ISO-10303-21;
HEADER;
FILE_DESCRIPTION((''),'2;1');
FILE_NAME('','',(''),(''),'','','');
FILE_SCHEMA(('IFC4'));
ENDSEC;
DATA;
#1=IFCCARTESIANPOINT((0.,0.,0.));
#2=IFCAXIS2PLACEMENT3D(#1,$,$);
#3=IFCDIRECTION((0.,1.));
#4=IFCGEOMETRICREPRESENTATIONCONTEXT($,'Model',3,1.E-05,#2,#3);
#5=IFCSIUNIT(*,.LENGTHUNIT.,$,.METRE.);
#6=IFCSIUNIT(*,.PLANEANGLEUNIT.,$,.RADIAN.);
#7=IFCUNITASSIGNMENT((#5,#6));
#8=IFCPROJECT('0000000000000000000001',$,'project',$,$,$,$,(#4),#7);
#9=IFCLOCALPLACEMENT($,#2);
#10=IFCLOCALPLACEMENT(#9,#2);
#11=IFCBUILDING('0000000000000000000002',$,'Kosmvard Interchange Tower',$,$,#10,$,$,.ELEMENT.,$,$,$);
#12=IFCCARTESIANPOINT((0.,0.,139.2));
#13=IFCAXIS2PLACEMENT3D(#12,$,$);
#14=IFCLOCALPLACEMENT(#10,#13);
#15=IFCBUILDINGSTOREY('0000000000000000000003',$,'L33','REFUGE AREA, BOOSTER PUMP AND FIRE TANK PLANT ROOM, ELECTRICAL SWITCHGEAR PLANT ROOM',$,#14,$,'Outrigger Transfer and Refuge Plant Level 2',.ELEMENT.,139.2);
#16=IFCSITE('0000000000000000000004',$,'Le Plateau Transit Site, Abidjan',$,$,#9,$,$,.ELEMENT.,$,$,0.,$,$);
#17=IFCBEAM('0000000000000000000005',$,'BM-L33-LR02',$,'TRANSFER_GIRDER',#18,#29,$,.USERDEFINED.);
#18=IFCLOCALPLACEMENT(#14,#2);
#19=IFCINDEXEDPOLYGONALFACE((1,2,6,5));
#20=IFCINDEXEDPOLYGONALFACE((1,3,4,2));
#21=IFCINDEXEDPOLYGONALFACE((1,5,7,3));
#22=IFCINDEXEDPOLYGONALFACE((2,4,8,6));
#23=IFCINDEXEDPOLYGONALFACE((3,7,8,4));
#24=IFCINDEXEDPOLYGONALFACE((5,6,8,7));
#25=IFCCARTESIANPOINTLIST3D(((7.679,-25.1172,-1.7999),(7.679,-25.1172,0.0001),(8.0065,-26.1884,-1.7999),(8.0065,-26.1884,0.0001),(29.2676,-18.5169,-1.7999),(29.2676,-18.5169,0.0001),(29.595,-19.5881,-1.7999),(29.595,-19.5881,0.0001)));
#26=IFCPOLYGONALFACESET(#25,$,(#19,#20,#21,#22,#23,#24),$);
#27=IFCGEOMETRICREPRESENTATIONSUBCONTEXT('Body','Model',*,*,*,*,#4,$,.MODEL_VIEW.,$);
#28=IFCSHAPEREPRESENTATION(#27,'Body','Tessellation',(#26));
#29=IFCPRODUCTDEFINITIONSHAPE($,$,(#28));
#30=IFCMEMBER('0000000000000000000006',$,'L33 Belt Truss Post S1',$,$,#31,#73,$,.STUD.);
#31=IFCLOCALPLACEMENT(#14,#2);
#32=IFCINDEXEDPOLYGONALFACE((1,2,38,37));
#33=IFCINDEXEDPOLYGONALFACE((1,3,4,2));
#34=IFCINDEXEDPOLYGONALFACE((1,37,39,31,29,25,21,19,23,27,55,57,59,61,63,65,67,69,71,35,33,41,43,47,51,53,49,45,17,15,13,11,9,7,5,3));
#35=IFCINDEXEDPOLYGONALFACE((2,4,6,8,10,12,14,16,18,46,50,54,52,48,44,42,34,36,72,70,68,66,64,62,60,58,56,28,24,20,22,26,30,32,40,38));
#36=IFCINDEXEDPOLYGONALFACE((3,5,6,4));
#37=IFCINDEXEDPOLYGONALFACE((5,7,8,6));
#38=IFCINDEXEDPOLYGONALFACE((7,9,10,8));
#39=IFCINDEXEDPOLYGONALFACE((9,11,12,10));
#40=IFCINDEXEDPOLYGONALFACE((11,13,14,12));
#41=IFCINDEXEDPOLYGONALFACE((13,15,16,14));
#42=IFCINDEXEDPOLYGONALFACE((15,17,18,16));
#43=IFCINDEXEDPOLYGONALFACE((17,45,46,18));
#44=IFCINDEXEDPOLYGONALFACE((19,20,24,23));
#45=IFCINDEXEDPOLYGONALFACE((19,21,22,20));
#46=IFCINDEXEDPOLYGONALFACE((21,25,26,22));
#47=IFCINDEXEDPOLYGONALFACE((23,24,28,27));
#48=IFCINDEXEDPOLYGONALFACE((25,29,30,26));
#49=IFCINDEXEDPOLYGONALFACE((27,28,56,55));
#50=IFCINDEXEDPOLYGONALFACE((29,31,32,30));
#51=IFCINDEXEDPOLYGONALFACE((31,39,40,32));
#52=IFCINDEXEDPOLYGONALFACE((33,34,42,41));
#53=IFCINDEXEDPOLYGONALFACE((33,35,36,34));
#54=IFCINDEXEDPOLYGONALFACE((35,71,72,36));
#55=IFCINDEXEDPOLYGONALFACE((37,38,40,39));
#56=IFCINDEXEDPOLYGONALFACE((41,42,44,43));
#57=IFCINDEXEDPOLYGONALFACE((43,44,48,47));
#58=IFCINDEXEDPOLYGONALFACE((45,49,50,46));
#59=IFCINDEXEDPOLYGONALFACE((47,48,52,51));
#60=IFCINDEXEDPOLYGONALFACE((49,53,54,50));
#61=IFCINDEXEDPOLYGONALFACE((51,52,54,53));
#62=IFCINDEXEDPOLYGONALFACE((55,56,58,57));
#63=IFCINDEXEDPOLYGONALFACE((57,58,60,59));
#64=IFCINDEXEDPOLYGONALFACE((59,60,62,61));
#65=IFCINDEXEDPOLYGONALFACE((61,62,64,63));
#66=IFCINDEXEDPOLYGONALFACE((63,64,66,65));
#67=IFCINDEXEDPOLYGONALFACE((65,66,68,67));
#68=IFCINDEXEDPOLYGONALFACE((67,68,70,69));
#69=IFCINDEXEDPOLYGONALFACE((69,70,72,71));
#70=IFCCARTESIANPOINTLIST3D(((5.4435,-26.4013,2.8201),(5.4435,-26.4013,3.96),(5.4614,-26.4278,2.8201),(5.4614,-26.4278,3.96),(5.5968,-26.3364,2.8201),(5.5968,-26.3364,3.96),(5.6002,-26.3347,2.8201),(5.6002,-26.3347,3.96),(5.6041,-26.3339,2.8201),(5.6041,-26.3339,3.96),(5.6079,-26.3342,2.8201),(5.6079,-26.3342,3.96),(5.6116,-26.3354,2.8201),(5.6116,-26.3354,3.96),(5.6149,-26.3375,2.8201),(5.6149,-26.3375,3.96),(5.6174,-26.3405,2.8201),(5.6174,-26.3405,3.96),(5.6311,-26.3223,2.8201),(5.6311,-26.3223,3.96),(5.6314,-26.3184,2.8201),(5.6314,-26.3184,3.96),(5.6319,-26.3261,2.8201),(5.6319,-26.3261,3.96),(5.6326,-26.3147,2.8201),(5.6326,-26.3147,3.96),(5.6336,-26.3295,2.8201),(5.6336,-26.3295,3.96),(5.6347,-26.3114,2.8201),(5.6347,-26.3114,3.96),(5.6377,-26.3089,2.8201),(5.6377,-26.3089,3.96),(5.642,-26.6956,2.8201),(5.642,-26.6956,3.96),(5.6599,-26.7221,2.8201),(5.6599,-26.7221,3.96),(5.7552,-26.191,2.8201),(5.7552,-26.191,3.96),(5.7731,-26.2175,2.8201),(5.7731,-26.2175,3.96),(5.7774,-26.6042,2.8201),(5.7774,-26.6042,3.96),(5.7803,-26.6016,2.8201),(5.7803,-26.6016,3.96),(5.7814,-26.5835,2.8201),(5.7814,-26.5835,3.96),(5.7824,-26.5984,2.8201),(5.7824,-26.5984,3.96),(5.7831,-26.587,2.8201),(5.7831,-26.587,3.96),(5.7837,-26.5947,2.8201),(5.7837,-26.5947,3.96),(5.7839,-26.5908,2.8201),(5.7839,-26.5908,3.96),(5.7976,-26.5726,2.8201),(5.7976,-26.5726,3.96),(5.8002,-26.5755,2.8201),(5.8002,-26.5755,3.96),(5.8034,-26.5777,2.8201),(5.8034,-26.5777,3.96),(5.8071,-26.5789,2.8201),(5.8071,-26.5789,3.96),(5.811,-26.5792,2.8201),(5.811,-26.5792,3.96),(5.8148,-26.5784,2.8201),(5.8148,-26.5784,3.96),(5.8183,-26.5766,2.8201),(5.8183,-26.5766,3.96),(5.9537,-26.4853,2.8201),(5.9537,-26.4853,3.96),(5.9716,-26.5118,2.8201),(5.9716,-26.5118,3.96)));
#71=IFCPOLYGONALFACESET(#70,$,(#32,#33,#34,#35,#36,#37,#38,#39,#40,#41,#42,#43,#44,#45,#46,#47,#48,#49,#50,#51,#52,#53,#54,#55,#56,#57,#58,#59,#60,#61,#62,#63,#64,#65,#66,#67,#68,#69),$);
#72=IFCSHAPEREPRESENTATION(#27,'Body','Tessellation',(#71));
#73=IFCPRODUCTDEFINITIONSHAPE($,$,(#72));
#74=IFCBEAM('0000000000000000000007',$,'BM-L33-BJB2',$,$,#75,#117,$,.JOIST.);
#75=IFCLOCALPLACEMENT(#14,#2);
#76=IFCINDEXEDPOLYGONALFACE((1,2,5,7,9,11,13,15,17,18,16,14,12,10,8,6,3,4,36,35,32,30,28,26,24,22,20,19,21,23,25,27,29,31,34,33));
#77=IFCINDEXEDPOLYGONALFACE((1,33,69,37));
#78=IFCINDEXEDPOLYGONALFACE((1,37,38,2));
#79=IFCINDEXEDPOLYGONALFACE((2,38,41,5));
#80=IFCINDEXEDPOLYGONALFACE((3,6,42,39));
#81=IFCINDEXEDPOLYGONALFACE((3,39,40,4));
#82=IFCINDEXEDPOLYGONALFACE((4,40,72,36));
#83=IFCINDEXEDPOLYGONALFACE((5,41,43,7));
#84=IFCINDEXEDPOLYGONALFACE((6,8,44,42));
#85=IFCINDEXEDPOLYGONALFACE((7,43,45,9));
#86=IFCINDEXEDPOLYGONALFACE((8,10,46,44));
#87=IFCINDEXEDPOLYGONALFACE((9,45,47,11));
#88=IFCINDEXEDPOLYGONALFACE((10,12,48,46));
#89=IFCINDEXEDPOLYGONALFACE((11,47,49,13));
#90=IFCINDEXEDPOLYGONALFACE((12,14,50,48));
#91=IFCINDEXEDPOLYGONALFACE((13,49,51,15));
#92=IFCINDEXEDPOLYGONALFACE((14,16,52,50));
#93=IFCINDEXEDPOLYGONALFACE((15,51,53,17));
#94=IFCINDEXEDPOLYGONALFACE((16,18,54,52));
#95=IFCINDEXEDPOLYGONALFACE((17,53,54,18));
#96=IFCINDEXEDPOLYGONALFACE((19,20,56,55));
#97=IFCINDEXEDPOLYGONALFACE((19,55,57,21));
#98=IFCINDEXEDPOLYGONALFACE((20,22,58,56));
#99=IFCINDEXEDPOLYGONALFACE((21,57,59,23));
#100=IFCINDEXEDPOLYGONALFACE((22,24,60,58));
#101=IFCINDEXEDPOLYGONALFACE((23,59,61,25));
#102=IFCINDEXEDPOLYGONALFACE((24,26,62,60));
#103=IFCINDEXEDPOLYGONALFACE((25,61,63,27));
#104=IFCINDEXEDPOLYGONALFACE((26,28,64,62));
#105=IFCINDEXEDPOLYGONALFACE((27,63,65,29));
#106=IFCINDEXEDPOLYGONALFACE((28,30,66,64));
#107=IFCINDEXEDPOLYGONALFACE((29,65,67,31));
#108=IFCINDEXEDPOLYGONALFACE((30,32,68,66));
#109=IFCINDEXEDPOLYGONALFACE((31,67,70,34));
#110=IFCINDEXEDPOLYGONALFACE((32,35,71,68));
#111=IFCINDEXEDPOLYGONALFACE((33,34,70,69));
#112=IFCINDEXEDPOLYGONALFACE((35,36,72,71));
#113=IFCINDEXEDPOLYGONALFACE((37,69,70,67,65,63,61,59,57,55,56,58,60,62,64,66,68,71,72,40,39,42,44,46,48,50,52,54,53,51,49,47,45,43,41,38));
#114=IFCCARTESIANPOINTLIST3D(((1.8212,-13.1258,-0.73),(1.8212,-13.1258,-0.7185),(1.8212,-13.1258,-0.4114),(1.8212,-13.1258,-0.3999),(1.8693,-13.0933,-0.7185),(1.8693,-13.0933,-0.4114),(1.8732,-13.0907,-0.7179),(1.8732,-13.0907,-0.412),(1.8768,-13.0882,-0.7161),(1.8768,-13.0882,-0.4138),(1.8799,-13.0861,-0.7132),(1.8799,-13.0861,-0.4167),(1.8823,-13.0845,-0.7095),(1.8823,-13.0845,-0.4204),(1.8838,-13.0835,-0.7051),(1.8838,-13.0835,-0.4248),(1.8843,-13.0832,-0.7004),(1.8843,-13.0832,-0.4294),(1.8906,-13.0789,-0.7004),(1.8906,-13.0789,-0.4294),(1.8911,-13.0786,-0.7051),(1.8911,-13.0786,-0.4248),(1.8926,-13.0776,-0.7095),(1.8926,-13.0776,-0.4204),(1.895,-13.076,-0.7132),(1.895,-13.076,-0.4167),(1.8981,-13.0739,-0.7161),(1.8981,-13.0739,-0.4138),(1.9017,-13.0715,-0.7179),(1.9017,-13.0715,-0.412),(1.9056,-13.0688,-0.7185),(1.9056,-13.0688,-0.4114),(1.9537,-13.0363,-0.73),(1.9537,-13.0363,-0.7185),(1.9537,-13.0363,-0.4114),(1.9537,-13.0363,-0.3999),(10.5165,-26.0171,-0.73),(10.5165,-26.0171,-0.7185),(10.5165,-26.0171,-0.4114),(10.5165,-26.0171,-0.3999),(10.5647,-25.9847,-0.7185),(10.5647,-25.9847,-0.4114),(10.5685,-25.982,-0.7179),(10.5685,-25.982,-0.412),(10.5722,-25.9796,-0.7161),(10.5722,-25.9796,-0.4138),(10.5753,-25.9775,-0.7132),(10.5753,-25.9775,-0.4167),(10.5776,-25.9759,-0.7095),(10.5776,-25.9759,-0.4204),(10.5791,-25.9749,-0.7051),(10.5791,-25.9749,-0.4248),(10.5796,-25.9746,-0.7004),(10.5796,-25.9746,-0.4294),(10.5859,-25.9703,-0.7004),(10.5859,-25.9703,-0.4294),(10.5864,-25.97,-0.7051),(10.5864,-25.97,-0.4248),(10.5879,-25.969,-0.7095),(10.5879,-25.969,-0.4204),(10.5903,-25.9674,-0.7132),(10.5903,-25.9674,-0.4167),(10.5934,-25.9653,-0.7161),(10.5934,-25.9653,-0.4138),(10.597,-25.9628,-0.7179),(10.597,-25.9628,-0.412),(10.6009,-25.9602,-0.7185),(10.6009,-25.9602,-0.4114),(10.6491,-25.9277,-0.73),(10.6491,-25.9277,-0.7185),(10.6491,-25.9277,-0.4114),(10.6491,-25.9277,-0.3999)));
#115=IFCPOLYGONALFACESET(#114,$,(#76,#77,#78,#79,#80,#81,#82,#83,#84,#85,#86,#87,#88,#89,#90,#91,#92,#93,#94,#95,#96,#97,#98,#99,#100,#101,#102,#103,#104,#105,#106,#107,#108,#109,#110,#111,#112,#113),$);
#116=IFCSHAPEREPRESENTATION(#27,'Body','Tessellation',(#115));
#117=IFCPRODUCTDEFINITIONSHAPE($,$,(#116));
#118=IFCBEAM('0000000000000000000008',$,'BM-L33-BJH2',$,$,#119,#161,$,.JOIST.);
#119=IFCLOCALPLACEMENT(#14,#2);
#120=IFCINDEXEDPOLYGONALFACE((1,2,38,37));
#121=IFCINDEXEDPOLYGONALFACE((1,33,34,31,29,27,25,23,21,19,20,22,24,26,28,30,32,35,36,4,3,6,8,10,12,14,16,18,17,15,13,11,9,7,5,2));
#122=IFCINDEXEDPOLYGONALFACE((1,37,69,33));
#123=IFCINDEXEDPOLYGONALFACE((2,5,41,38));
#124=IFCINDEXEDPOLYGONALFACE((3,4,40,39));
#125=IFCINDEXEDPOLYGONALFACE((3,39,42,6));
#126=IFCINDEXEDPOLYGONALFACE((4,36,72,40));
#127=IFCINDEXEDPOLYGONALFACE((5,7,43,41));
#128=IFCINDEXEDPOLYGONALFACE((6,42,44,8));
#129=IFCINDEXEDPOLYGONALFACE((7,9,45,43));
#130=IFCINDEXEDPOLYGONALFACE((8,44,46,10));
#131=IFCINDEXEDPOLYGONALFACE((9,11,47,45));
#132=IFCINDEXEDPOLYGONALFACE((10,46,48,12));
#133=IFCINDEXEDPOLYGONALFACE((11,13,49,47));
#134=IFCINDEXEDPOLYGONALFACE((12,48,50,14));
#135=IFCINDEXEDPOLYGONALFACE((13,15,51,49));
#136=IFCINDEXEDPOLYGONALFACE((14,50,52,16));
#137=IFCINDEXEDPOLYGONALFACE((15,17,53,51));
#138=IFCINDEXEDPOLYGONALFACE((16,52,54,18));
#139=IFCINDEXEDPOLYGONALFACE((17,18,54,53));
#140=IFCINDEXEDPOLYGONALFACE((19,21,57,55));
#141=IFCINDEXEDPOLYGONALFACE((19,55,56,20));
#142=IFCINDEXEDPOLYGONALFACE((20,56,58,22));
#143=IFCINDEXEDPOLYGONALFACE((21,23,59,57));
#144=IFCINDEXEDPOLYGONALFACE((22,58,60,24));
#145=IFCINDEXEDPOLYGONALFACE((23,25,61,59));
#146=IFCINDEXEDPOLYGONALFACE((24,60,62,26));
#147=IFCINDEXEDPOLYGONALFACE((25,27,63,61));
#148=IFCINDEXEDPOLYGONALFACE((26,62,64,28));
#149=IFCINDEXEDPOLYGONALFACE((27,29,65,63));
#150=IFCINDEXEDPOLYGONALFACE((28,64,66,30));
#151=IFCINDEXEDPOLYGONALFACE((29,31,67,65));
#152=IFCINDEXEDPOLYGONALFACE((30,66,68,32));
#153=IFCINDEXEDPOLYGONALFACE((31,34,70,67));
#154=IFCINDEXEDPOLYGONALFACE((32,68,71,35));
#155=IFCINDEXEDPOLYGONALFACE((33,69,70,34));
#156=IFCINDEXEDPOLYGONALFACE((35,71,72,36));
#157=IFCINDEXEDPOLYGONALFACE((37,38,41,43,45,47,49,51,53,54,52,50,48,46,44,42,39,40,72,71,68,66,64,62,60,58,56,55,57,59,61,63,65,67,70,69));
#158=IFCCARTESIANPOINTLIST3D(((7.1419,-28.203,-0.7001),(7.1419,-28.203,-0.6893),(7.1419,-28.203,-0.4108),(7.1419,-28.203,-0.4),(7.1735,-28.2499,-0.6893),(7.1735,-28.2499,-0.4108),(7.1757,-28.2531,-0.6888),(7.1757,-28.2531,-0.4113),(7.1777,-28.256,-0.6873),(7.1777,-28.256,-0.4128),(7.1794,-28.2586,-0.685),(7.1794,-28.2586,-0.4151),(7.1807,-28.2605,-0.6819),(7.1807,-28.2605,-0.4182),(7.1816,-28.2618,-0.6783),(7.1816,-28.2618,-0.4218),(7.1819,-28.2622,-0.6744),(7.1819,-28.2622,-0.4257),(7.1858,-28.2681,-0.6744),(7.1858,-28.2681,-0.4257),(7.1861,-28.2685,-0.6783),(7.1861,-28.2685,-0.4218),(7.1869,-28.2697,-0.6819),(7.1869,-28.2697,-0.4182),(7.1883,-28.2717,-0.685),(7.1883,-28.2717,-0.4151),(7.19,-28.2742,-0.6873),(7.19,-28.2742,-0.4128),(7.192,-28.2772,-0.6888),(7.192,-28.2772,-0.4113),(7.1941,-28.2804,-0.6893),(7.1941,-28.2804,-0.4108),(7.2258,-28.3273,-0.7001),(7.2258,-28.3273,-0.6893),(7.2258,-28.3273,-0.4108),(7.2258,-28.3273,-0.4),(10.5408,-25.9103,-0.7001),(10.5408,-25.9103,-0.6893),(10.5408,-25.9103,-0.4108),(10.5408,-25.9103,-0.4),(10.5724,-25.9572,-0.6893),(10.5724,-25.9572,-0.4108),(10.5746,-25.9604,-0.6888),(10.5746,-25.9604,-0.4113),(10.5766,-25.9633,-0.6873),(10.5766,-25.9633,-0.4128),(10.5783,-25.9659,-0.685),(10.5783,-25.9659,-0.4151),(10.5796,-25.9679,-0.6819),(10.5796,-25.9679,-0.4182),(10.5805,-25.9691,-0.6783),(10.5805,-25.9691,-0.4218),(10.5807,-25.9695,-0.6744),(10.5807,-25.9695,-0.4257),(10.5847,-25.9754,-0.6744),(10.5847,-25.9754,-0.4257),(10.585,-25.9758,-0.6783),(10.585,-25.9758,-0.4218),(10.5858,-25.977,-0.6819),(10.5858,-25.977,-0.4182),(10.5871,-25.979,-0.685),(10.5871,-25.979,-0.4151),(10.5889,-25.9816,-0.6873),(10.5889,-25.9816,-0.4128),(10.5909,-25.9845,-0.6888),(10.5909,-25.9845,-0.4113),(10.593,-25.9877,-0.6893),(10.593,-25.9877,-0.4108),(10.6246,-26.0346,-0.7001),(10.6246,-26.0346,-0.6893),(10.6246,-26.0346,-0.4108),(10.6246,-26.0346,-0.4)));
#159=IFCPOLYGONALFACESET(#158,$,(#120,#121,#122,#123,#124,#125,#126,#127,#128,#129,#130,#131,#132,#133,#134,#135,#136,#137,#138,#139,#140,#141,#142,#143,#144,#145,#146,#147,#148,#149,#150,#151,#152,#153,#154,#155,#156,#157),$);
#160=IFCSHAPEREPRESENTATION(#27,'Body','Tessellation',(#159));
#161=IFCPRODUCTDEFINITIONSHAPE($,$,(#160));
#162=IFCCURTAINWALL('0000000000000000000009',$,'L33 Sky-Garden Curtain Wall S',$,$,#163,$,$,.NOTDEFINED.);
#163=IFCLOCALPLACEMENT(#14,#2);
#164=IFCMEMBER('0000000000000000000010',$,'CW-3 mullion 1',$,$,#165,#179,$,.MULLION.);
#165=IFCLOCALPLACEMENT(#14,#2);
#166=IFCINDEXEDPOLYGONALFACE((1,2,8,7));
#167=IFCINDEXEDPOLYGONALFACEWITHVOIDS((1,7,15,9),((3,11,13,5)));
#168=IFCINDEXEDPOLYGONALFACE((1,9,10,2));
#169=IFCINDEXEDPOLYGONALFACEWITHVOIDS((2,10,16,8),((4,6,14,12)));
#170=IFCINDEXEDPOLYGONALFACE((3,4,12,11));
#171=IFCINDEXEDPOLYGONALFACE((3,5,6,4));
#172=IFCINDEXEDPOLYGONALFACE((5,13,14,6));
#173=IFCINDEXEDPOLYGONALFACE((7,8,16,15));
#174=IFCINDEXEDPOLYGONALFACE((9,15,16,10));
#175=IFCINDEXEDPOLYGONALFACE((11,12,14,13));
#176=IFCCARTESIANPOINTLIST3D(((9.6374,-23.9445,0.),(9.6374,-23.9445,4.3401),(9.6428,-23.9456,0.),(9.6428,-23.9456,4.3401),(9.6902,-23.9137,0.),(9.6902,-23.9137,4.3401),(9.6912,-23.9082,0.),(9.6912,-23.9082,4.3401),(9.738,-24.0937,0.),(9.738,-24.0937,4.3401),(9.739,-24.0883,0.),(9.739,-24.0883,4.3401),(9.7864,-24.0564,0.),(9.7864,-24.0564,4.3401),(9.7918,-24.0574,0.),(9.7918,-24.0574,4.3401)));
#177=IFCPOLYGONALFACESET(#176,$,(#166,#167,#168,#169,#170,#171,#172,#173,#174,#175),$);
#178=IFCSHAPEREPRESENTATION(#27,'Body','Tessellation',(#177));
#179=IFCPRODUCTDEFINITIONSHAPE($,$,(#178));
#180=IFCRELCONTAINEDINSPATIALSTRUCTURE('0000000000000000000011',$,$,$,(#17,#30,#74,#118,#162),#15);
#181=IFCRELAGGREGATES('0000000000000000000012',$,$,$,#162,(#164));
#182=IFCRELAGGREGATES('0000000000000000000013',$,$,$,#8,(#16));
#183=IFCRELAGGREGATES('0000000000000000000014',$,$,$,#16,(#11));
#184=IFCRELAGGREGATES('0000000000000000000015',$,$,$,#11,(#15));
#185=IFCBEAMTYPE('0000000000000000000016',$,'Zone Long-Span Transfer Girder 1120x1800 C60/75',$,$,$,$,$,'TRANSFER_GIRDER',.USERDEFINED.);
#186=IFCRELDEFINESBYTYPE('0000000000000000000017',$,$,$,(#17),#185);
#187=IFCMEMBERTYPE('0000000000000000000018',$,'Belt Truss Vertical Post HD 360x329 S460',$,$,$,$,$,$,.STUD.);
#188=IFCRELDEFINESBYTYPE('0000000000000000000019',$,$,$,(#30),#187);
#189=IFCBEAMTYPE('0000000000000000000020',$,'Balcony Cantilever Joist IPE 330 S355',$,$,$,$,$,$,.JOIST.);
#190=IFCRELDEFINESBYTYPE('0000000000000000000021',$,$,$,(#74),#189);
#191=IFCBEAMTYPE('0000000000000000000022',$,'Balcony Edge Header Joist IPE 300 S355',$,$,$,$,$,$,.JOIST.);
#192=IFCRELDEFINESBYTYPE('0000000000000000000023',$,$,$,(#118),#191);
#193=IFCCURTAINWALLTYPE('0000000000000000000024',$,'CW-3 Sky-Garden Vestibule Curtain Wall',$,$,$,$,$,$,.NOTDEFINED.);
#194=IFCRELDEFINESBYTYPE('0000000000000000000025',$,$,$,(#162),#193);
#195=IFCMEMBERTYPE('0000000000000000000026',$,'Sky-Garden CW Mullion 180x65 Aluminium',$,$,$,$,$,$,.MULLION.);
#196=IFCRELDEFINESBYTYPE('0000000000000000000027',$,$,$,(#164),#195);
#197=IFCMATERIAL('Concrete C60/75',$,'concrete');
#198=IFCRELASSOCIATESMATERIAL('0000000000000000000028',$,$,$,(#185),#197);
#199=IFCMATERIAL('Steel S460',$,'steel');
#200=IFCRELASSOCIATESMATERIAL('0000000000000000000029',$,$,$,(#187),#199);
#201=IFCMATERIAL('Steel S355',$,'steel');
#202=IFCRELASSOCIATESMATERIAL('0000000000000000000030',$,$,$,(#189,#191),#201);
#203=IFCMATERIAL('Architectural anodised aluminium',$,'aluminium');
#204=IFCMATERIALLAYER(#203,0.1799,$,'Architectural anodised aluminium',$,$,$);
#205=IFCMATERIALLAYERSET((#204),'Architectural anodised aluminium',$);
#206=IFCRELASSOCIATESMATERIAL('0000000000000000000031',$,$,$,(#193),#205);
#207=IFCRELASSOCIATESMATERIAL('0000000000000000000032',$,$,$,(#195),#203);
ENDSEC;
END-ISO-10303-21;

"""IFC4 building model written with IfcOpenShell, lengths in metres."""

from ifc_helpers import new_model, si_unit, direction, frame, origin, origin_2d, place, context, subcontext, project, spatial, rectangle, hollow_rectangle, i_section, extrude, source, transform, mapped, material, layer, layer_set, material_profile, profile_set, type_object, element, aggregate, save


model = new_model("IFC4")

# Units and contexts
model_context = context("Model", 3, precision=1e-05, world=origin(), true_north=direction((0.0, 1.0)))
body_context = subcontext(model_context, "Body", "Model", "MODEL_VIEW")
ifc_project = project(units=[si_unit("LENGTHUNIT", "METRE"), si_unit("PLANEANGLEUNIT", "RADIAN")], contexts=[model_context])

# Site, building, storey
site_placement = place(None, origin())
site = spatial("IfcSite", under=ifc_project, at=site_placement, Name="Le Plateau Transit Site, Abidjan", CompositionType="ELEMENT", RefElevation=0.0)
building_placement = place(site_placement, origin())
building = spatial("IfcBuilding", under=site, at=building_placement, Name="Kosmvard Interchange Tower", CompositionType="ELEMENT")
storey_placement = place(building_placement, frame((0.0, 0.0, 139.2)))
storey = spatial("IfcBuildingStorey", under=building, at=storey_placement, Name="L33", Description="REFUGE AREA, BOOSTER PUMP AND FIRE TANK PLANT ROOM, ELECTRICAL SWITCHGEAR PLANT ROOM", LongName="Outrigger Transfer and Refuge Plant Level 2", CompositionType="ELEMENT", Elevation=139.2)

# Beam
ifc_material_1 = material(Name="Concrete C60/75", Category="concrete")
ifc_material_profile_1 = material_profile(ifc_material_1, rectangle(XDim=1.1201, YDim=1.8, at=origin_2d()), Name="TG 1120x1800")
ifc_profile_set_1 = profile_set([ifc_material_profile_1], Name="Concrete C60/75")
beam_type_1 = type_object("IfcBeamType", Name="Zone Long-Span Transfer Girder 1120x1800 C60/75", ElementType="TRANSFER_GIRDER", PredefinedType="USERDEFINED", material=ifc_profile_set_1)
shared_shape_1 = source(origin(), body_context, "Body", "SweptSolid", [
    extrude(rectangle(XDim=1.1201, YDim=1.8, at=origin_2d()), origin(), (0.0, 0.0, 1.0), 22.575),
])
beam_1_placement = place(storey_placement, frame((7.8428, -25.6528, -0.8999), z_axis=(0.956304, 0.292373, 0.0), x_axis=(-0.292373, 0.956304, 0.0)))
element("IfcBeam", 1, at=beam_1_placement, inside=storey, type_object=beam_type_1, Name="BM-L33-LR02", ObjectType="TRANSFER_GIRDER", PredefinedType="USERDEFINED", context=body_context, shape_type="MappedRepresentation", body=[
    mapped(shared_shape_1, transform((0.0, 0.0, 0.0), scale=1.0)),
])

# Member
ifc_material_2 = material(Name="Steel S460", Category="steel")
ifc_material_profile_2 = material_profile(ifc_material_2, i_section(OverallWidth=0.376, OverallDepth=0.387, WebThickness=0.0195, FlangeThickness=0.032, FilletRadius=0.0149, at=origin_2d()), Name="HD 360x329")
ifc_profile_set_2 = profile_set([ifc_material_profile_2], Name="Steel S460")
member_type_1 = type_object("IfcMemberType", Name="Belt Truss Vertical Post HD 360x329 S460", PredefinedType="STUD", material=ifc_profile_set_2)
shared_shape_2 = source(origin(), body_context, "Body", "SweptSolid", [
    extrude(i_section(OverallWidth=0.376, OverallDepth=0.387, WebThickness=0.0195, FlangeThickness=0.032, FilletRadius=0.0149, at=origin_2d()), origin(), (0.0, 0.0, 1.0), 1.1399),
])
member_1_placement = place(storey_placement, frame((5.7075, -26.4565, 2.8201), z_axis=(0.0, 0.0, 1.0), x_axis=(0.829038, 0.559193, 0.0)))
element("IfcMember", 2, at=member_1_placement, inside=storey, type_object=member_type_1, Name="L33 Belt Truss Post S1", PredefinedType="STUD", context=body_context, shape_type="MappedRepresentation", body=[
    mapped(shared_shape_2, transform((0.0, 0.0, 0.0), scale=1.0)),
])

# Beams
ifc_material_3 = material(Name="Steel S355", Category="steel")
ifc_material_profile_3 = material_profile(ifc_material_3, i_section(OverallWidth=0.1599, OverallDepth=0.3301, WebThickness=0.0076, FlangeThickness=0.0115, FilletRadius=0.0181, at=origin_2d()), Name="IPE 330")
ifc_profile_set_3 = profile_set([ifc_material_profile_3], Name="Steel S355")
beam_type_2 = type_object("IfcBeamType", Name="Balcony Cantilever Joist IPE 330 S355", PredefinedType="JOIST", material=ifc_profile_set_3)
shared_shape_3 = source(origin(), body_context, "Body", "SweptSolid", [
    extrude(i_section(OverallWidth=0.1599, OverallDepth=0.3301, WebThickness=0.0076, FlangeThickness=0.0115, FilletRadius=0.0181, at=origin_2d()), origin(), (0.0, 0.0, 1.0), 15.5498),
])
beam_2_placement = place(storey_placement, frame((1.8875, -13.0811, -0.5649), z_axis=(0.559192, -0.829038, 0.0), x_axis=(0.829038, 0.559192, 0.0)))
element("IfcBeam", 3, at=beam_2_placement, inside=storey, type_object=beam_type_2, Name="BM-L33-BJB2", PredefinedType="JOIST", context=body_context, shape_type="MappedRepresentation", body=[
    mapped(shared_shape_3, transform((0.0, 0.0, 0.0), scale=1.0)),
])
ifc_material_profile_4 = material_profile(ifc_material_3, i_section(OverallWidth=0.1499, OverallDepth=0.3, WebThickness=0.0071, FlangeThickness=0.0107, FilletRadius=0.0149, at=origin_2d()), Name="IPE 300")
ifc_profile_set_4 = profile_set([ifc_material_profile_4], Name="Steel S355")
beam_type_3 = type_object("IfcBeamType", Name="Balcony Edge Header Joist IPE 300 S355", PredefinedType="JOIST", material=ifc_profile_set_4)
shared_shape_4 = source(origin(), body_context, "Body", "SweptSolid", [
    extrude(i_section(OverallWidth=0.1499, OverallDepth=0.3, WebThickness=0.0071, FlangeThickness=0.0107, FilletRadius=0.0149, at=origin_2d()), origin(), (0.0, 0.0, 1.0), 4.0999),
])
beam_3_placement = place(storey_placement, frame((7.1838, -28.2651, -0.55), z_axis=(0.829024, 0.559213, 0.0), x_axis=(-0.559213, 0.829024, 0.0)))
element("IfcBeam", 4, at=beam_3_placement, inside=storey, type_object=beam_type_3, Name="BM-L33-BJH2", PredefinedType="JOIST", context=body_context, shape_type="MappedRepresentation", body=[
    mapped(shared_shape_4, transform((0.0, 0.0, 0.0), scale=1.0)),
])

# Curtain wall, member
ifc_material_4 = material(Name="Architectural anodised aluminium", Category="aluminium")
ifc_layer_1 = layer(ifc_material_4, 0.1799, Name="Architectural anodised aluminium")
ifc_layer_set_1 = layer_set([ifc_layer_1], Name="Architectural anodised aluminium")
curtain_wall_type = type_object("IfcCurtainWallType", Name="CW-3 Sky-Garden Vestibule Curtain Wall", PredefinedType="NOTDEFINED", material=ifc_layer_set_1)
curtain_wall_placement = place(storey_placement, origin())
curtain_wall = element("IfcCurtainWall", 5, at=curtain_wall_placement, inside=storey, type_object=curtain_wall_type, Name="L33 Sky-Garden Curtain Wall S", PredefinedType="NOTDEFINED")
ifc_material_profile_5 = material_profile(ifc_material_4, hollow_rectangle(XDim=0.1799, YDim=0.0649, WallThickness=0.0039, at=origin_2d()), Name="CWM 180x65x4")
ifc_profile_set_5 = profile_set([ifc_material_profile_5], Name="Architectural anodised aluminium")
member_type_2 = type_object("IfcMemberType", Name="Sky-Garden CW Mullion 180x65 Aluminium", PredefinedType="MULLION", material=ifc_profile_set_5)
shared_shape_5 = source(origin(), body_context, "Body", "SweptSolid", [
    extrude(hollow_rectangle(XDim=0.1799, YDim=0.0649, WallThickness=0.0039, at=origin_2d()), origin(), (0.0, 0.0, 1.0), 4.3401),
])
member_2_placement = place(storey_placement, frame((9.7146, -24.001, 0.0), z_axis=(0.0, 0.0, 1.0), x_axis=(-0.559193, 0.829038, 0.0)))
member_2 = element("IfcMember", 6, at=member_2_placement, type_object=member_type_2, Name="CW-3 mullion 1", PredefinedType="MULLION", context=body_context, shape_type="MappedRepresentation", body=[
    mapped(shared_shape_5, transform((0.0, 0.0, 0.0), scale=1.0)),
])
aggregate(curtain_wall, [member_2])

save(model, "model.ifc")
